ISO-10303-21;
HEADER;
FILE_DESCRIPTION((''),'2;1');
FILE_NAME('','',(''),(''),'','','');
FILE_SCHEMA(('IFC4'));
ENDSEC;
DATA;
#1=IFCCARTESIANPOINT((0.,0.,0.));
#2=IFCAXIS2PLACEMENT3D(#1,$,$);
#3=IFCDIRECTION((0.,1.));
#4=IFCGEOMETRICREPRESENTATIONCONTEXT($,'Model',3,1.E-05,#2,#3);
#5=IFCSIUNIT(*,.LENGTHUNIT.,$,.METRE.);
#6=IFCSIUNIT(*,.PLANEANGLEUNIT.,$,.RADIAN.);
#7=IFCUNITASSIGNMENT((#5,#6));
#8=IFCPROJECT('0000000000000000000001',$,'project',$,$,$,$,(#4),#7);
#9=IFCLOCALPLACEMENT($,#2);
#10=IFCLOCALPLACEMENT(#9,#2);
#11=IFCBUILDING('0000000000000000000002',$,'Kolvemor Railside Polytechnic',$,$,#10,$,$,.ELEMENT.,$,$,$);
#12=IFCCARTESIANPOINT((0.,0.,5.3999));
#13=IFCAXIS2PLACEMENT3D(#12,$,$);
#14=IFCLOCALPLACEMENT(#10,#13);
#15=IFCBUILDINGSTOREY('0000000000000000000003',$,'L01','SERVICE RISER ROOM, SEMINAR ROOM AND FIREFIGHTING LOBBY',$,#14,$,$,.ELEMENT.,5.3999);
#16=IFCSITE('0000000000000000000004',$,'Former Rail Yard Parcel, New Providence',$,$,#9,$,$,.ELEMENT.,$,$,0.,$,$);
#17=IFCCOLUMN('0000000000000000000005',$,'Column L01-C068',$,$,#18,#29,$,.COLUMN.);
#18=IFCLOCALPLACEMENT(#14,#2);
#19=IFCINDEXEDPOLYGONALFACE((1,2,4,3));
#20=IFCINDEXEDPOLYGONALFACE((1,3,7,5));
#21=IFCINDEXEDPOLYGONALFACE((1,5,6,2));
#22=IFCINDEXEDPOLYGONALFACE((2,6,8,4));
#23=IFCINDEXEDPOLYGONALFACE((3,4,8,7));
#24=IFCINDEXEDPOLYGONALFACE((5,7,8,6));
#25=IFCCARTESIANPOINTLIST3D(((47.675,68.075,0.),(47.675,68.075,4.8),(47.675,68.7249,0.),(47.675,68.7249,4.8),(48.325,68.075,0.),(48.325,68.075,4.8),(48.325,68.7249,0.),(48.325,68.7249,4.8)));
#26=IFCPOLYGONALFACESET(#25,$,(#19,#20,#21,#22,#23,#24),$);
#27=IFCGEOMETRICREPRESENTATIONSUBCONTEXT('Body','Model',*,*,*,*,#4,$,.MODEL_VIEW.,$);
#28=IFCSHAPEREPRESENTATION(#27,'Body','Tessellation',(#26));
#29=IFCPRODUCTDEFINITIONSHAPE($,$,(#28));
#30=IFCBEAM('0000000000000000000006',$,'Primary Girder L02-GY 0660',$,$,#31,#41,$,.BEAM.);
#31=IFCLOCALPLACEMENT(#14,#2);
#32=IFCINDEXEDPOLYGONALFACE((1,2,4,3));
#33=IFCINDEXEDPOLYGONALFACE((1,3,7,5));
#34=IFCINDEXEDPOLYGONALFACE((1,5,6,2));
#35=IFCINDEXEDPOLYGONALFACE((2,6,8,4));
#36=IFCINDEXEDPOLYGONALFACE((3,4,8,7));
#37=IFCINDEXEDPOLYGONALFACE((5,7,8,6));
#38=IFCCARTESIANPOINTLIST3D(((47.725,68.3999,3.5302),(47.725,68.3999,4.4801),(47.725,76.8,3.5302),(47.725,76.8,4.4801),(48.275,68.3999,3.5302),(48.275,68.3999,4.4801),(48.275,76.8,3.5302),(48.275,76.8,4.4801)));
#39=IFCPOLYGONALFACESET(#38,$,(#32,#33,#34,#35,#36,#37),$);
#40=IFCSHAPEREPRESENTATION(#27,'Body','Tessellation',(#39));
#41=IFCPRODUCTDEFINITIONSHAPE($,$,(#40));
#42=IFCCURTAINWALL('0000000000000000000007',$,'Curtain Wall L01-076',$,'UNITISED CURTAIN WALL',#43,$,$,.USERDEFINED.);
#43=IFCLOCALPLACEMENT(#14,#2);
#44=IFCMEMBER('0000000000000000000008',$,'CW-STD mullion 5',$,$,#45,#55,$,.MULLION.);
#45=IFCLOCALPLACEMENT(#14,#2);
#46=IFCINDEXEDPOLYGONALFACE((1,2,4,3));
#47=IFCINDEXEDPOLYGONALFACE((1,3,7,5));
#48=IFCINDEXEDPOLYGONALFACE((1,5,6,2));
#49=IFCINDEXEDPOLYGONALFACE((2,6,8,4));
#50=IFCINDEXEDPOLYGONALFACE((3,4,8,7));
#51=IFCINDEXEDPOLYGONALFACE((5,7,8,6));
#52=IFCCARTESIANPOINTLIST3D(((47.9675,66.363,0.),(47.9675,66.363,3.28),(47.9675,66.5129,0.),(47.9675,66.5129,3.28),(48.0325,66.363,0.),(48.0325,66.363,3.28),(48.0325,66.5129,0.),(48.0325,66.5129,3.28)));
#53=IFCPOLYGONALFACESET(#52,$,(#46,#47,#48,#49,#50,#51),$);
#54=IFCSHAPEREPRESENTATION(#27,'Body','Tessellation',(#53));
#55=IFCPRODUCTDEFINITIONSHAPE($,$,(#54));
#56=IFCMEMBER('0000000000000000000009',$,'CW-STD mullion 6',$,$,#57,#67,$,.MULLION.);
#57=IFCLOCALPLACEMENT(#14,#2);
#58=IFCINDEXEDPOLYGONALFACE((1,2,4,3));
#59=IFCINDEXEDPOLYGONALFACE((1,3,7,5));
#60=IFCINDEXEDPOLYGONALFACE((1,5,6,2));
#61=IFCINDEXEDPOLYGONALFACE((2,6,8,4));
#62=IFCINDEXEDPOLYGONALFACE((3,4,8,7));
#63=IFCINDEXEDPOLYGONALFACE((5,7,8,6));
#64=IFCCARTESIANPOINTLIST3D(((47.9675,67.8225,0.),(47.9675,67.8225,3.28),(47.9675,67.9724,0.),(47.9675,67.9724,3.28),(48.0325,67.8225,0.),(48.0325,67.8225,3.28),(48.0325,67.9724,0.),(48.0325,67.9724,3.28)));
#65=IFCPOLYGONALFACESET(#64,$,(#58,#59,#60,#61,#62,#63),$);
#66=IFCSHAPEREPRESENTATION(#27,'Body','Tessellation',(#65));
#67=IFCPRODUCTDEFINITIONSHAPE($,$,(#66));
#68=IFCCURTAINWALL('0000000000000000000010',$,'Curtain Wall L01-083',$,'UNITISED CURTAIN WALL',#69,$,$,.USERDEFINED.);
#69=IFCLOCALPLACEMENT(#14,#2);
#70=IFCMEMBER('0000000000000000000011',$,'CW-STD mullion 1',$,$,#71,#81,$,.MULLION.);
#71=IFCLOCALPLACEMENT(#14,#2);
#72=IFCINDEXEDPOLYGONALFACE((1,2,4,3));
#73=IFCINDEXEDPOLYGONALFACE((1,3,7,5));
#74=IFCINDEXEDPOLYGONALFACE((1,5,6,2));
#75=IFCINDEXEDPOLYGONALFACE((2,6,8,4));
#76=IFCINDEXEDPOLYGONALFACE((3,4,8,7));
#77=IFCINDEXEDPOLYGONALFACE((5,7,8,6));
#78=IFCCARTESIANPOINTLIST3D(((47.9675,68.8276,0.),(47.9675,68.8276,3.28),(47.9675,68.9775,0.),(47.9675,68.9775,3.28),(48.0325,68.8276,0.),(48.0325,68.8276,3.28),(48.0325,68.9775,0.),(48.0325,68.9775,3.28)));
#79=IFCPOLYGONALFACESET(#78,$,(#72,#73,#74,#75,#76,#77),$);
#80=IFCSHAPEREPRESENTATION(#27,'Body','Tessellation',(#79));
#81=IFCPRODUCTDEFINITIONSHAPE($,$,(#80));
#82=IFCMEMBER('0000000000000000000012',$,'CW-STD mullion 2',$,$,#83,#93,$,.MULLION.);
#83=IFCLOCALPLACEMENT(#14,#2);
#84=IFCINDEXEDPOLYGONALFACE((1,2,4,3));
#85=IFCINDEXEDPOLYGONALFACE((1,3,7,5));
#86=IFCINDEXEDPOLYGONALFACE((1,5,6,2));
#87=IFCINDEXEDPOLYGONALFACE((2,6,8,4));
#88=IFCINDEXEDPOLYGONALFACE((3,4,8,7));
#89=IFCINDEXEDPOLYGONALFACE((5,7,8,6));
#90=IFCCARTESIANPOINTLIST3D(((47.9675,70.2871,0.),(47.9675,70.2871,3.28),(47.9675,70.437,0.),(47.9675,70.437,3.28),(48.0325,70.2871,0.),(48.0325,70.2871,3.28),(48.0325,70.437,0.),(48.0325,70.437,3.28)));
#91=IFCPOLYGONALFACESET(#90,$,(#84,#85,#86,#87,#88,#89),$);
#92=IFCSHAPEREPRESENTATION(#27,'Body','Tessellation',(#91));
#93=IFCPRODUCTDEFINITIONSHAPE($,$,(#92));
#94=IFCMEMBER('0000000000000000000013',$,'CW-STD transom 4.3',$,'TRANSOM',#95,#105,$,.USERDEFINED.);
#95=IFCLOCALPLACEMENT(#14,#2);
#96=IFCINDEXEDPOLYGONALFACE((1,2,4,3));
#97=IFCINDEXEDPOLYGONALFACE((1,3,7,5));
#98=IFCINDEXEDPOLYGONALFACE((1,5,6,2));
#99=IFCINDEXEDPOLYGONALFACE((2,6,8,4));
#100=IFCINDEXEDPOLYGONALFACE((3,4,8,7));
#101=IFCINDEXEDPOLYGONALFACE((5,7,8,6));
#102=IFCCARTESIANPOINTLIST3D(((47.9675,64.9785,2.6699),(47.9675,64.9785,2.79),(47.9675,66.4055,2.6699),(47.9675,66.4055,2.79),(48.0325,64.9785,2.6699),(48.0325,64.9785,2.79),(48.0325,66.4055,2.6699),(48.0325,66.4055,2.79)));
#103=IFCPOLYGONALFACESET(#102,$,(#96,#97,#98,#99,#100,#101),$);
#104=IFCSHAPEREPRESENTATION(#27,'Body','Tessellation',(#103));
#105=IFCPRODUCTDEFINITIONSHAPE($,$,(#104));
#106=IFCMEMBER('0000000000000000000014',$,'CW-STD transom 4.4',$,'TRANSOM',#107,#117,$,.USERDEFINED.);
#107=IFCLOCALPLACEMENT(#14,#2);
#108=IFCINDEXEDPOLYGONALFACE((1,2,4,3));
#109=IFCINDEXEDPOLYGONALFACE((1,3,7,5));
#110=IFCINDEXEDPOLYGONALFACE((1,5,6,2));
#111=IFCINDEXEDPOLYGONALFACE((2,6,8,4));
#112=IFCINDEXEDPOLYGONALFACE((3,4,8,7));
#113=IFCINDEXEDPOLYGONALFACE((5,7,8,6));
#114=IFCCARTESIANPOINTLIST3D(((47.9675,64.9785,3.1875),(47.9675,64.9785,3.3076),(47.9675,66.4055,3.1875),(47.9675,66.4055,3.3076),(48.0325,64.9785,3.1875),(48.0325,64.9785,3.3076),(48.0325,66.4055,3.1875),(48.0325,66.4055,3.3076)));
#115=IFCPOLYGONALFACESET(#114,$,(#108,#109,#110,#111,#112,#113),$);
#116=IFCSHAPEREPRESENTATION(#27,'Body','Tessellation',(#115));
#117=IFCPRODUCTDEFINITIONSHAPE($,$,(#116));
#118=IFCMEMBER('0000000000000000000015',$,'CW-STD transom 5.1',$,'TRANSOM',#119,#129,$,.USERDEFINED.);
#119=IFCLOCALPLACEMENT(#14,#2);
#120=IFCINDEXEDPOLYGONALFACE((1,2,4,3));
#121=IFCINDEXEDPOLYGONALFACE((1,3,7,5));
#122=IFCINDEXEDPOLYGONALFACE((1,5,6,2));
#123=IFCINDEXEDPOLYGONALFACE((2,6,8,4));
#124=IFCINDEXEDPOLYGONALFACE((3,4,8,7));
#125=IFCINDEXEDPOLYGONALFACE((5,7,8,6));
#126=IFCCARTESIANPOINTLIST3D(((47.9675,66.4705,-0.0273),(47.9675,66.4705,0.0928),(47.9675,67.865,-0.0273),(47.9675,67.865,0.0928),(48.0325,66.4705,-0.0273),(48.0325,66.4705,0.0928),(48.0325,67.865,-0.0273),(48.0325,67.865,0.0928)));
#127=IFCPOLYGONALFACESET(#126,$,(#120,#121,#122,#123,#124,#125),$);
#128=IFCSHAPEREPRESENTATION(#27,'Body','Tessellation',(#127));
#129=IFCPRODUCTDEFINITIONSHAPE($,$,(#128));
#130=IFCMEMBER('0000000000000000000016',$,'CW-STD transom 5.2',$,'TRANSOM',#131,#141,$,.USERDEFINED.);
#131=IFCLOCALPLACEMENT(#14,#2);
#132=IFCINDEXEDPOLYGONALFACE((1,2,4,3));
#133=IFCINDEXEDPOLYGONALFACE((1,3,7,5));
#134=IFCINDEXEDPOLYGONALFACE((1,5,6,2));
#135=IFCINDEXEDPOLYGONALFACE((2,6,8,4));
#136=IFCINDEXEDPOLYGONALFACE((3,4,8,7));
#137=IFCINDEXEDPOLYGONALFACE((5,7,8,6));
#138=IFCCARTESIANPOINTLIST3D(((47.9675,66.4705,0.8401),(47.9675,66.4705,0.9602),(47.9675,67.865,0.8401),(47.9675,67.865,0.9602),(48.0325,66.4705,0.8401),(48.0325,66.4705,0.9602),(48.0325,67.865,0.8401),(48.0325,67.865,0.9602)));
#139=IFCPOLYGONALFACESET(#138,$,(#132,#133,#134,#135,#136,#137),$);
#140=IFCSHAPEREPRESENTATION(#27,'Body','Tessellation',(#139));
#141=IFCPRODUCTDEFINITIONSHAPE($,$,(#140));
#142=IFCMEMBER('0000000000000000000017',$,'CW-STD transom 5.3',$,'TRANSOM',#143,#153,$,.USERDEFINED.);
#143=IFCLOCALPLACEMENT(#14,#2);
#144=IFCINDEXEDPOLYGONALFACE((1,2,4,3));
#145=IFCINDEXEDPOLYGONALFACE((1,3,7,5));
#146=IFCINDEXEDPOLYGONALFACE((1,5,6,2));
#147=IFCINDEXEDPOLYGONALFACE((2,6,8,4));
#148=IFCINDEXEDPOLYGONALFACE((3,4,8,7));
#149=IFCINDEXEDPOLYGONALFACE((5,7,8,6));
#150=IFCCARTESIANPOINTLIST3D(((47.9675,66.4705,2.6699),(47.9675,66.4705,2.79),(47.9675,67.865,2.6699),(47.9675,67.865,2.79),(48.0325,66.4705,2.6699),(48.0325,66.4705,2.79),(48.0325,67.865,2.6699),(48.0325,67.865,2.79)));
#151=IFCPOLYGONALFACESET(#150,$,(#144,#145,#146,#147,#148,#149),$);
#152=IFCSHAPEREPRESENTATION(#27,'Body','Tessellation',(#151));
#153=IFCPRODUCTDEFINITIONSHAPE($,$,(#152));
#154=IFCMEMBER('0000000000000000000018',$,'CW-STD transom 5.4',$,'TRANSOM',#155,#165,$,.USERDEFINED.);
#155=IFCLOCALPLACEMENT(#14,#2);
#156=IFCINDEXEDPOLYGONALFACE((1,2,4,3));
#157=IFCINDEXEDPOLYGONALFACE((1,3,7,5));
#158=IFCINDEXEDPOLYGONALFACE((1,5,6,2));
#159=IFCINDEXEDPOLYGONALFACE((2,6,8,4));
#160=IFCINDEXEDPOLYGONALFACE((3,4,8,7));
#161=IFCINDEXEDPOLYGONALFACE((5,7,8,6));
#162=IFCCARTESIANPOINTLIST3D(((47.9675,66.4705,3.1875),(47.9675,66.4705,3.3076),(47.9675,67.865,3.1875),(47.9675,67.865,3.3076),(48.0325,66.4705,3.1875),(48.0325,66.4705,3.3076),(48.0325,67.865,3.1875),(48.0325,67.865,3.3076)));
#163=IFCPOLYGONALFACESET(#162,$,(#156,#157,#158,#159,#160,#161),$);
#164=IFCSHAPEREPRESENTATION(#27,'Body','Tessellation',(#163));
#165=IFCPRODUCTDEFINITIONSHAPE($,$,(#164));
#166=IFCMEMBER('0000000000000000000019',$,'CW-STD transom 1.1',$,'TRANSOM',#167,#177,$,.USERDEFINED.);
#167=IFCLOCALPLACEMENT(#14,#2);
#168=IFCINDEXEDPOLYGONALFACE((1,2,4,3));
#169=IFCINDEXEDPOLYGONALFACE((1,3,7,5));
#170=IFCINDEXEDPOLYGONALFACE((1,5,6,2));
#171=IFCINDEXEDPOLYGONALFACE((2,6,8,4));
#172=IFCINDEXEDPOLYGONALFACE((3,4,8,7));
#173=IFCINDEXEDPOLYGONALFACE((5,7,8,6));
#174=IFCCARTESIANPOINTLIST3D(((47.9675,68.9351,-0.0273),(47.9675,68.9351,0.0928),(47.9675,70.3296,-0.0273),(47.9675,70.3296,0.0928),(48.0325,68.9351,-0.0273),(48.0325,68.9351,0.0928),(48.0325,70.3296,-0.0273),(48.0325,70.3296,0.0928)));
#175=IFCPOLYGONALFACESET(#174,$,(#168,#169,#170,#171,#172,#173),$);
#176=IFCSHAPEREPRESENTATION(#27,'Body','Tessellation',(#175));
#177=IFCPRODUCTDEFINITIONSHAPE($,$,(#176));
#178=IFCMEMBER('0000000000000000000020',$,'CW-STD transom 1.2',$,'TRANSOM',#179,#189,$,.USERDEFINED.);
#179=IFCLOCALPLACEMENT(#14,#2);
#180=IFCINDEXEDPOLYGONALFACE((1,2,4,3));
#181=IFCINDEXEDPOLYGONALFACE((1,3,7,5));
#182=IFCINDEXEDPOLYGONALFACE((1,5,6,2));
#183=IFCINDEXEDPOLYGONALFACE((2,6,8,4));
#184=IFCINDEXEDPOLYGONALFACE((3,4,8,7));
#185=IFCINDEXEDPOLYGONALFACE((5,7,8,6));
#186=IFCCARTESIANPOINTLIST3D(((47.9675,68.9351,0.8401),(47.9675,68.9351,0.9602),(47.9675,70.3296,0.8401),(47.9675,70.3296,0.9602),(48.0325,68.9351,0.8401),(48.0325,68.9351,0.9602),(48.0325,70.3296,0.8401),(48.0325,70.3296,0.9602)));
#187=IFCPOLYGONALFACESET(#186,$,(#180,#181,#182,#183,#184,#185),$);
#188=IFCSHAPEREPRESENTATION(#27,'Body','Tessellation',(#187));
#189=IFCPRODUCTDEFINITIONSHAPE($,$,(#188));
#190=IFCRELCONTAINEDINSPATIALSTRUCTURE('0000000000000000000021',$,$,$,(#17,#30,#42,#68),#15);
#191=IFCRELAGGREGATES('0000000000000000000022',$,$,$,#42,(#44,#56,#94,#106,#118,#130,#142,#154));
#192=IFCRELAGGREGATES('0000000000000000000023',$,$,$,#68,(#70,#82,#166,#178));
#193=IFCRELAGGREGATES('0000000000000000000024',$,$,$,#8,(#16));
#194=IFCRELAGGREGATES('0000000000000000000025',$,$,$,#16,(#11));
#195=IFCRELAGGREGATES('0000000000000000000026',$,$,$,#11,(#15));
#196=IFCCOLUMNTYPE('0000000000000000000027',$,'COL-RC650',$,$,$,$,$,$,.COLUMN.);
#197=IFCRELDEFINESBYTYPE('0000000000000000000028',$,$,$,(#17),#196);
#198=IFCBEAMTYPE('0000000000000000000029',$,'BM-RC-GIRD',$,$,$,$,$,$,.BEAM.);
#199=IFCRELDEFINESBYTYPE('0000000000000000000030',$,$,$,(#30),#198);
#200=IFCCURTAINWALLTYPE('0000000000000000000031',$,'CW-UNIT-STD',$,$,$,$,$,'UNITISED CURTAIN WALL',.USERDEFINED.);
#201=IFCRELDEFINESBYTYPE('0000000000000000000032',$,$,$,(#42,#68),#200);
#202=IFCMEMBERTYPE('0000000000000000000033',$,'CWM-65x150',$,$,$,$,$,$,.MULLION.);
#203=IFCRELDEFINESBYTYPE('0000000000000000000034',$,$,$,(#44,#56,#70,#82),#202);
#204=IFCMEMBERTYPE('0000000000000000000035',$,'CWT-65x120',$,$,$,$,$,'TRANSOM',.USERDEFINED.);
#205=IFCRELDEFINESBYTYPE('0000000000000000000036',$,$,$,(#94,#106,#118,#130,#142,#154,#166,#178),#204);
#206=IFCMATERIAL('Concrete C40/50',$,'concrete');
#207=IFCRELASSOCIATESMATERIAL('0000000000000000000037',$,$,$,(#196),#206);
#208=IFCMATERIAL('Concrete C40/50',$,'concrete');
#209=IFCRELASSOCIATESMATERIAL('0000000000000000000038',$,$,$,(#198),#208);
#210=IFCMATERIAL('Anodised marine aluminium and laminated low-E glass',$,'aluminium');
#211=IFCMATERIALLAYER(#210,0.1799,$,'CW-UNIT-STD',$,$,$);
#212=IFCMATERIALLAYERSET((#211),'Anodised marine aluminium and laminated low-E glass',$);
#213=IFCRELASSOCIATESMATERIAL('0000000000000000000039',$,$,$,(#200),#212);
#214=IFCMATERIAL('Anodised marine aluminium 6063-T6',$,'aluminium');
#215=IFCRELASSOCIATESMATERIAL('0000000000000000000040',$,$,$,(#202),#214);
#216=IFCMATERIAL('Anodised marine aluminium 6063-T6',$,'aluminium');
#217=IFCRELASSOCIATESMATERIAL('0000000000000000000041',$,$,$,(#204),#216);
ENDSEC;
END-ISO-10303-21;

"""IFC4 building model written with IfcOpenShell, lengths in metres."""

from ifc_helpers import new_model, si_unit, direction, frame, origin, origin_2d, place, context, subcontext, project, spatial, rectangle, extrude, material, layer, layer_set, material_profile, profile_set, type_object, element, aggregate, save


model = new_model("IFC4")

# Units and contexts
model_context = context("Model", 3, precision=1e-05, world=origin(), true_north=direction((0.0, 1.0)))
body_context = subcontext(model_context, "Body", "Model", "MODEL_VIEW")
ifc_project = project(units=[si_unit("LENGTHUNIT", "METRE"), si_unit("PLANEANGLEUNIT", "RADIAN")], contexts=[model_context])

# Site, building, storey
site_placement = place(None, origin())
site = spatial("IfcSite", under=ifc_project, at=site_placement, Name="Former Rail Yard Parcel, New Providence", CompositionType="ELEMENT", RefElevation=0.0)
building_placement = place(site_placement, origin())
building = spatial("IfcBuilding", under=site, at=building_placement, Name="Kolvemor Railside Polytechnic", CompositionType="ELEMENT")
storey_placement = place(building_placement, frame((0.0, 0.0, 5.3999)))
storey = spatial("IfcBuildingStorey", under=building, at=storey_placement, Name="L01", Description="SERVICE RISER ROOM, SEMINAR ROOM AND FIREFIGHTING LOBBY", CompositionType="ELEMENT", Elevation=5.3999)

# Column
ifc_material_1 = material(Name="Concrete C40/50", Category="concrete")
ifc_material_profile_1 = material_profile(ifc_material_1, rectangle(XDim=0.6499, YDim=0.6499, at=origin_2d()), Name="RC650x650")
ifc_profile_set_1 = profile_set([ifc_material_profile_1], Name="Concrete C40/50")
column_type = type_object("IfcColumnType", Name="COL-RC650", PredefinedType="COLUMN", material=ifc_profile_set_1)
column_placement = place(storey_placement, frame((48.0, 68.3999, 0.0), z_axis=(0.0, 0.0, 1.0), x_axis=(1.0, 0.0, 0.0)))
element("IfcColumn", 1, at=column_placement, inside=storey, type_object=column_type, Name="Column L01-C068", PredefinedType="COLUMN", context=body_context, shape_type="SweptSolid", body=[
    extrude(rectangle(XDim=0.6499, YDim=0.6499, at=origin_2d()), origin(), (0.0, 0.0, 1.0), 4.8),
])

# Beam
ifc_material_2 = material(Name="Concrete C40/50", Category="concrete")
ifc_material_profile_2 = material_profile(ifc_material_2, rectangle(XDim=0.55, YDim=0.95, at=origin_2d()), Name="RC550x950")
ifc_profile_set_2 = profile_set([ifc_material_profile_2], Name="Concrete C40/50")
beam_type = type_object("IfcBeamType", Name="BM-RC-GIRD", PredefinedType="BEAM", material=ifc_profile_set_2)
beam_placement = place(storey_placement, frame((48.0, 68.3999, 4.0051), z_axis=(0.0, 1.0, 0.0), x_axis=(-1.0, 0.0, 0.0)))
element("IfcBeam", 2, at=beam_placement, inside=storey, type_object=beam_type, Name="Primary Girder L02-GY 0660", PredefinedType="BEAM", context=body_context, shape_type="SweptSolid", body=[
    extrude(rectangle(XDim=0.55, YDim=0.95, at=origin_2d()), origin(), (0.0, 0.0, 1.0), 8.4001),
])

# Curtain walls, members
ifc_material_3 = material(Name="Anodised marine aluminium and laminated low-E glass", Category="aluminium")
ifc_layer_1 = layer(ifc_material_3, 0.1799, Name="CW-UNIT-STD")
ifc_layer_set_1 = layer_set([ifc_layer_1], Name="Anodised marine aluminium and laminated low-E glass")
curtain_wall_type = type_object("IfcCurtainWallType", Name="CW-UNIT-STD", ElementType="UNITISED CURTAIN WALL", PredefinedType="USERDEFINED", material=ifc_layer_set_1)
curtain_wall_1_placement = place(storey_placement, origin())
curtain_wall_1 = element("IfcCurtainWall", 3, at=curtain_wall_1_placement, inside=storey, type_object=curtain_wall_type, Name="Curtain Wall L01-076", ObjectType="UNITISED CURTAIN WALL", PredefinedType="USERDEFINED")
ifc_material_4 = material(Name="Anodised marine aluminium 6063-T6", Category="aluminium")
ifc_material_profile_3 = material_profile(ifc_material_4, rectangle(XDim=0.0649, YDim=0.1499, at=origin_2d()), Name="CW-MUL-65x150")
ifc_profile_set_3 = profile_set([ifc_material_profile_3], Name="Anodised marine aluminium 6063-T6")
member_type_1 = type_object("IfcMemberType", Name="CWM-65x150", PredefinedType="MULLION", material=ifc_profile_set_3)
member_1_placement = place(storey_placement, frame((48.0, 66.438, 0.0), z_axis=(0.0, 0.0, 1.0), x_axis=(-1.0, 0.0, 0.0)))
member_1 = element("IfcMember", 4, at=member_1_placement, type_object=member_type_1, Name="CW-STD mullion 5", PredefinedType="MULLION", context=body_context, shape_type="SweptSolid", body=[
    extrude(rectangle(XDim=0.0649, YDim=0.1499, at=origin_2d()), origin(), (0.0, 0.0, 1.0), 3.28),
])
member_2_placement = place(storey_placement, frame((48.0, 67.8975, 0.0), z_axis=(0.0, 0.0, 1.0), x_axis=(-1.0, 0.0, 0.0)))
member_2 = element("IfcMember", 5, at=member_2_placement, type_object=member_type_1, Name="CW-STD mullion 6", PredefinedType="MULLION", context=body_context, shape_type="SweptSolid", body=[
    extrude(rectangle(XDim=0.0649, YDim=0.1499, at=origin_2d()), origin(), (0.0, 0.0, 1.0), 3.28),
])
curtain_wall_2_placement = place(storey_placement, origin())
curtain_wall_2 = element("IfcCurtainWall", 6, at=curtain_wall_2_placement, inside=storey, type_object=curtain_wall_type, Name="Curtain Wall L01-083", ObjectType="UNITISED CURTAIN WALL", PredefinedType="USERDEFINED")
member_3_placement = place(storey_placement, frame((48.0, 68.9026, 0.0), z_axis=(0.0, 0.0, 1.0), x_axis=(-1.0, 0.0, 0.0)))
member_3 = element("IfcMember", 7, at=member_3_placement, type_object=member_type_1, Name="CW-STD mullion 1", PredefinedType="MULLION", context=body_context, shape_type="SweptSolid", body=[
    extrude(rectangle(XDim=0.0649, YDim=0.1499, at=origin_2d()), origin(), (0.0, 0.0, 1.0), 3.28),
])
member_4_placement = place(storey_placement, frame((48.0, 70.3621, 0.0), z_axis=(0.0, 0.0, 1.0), x_axis=(-1.0, 0.0, 0.0)))
member_4 = element("IfcMember", 8, at=member_4_placement, type_object=member_type_1, Name="CW-STD mullion 2", PredefinedType="MULLION", context=body_context, shape_type="SweptSolid", body=[
    extrude(rectangle(XDim=0.0649, YDim=0.1499, at=origin_2d()), origin(), (0.0, 0.0, 1.0), 3.28),
])

# Members
ifc_material_5 = material(Name="Anodised marine aluminium 6063-T6", Category="aluminium")
ifc_material_profile_4 = material_profile(ifc_material_5, rectangle(XDim=0.0649, YDim=0.1201, at=origin_2d()), Name="CW-TRN-65x120")
ifc_profile_set_4 = profile_set([ifc_material_profile_4], Name="Anodised marine aluminium 6063-T6")
member_type_2 = type_object("IfcMemberType", Name="CWT-65x120", ElementType="TRANSOM", PredefinedType="USERDEFINED", material=ifc_profile_set_4)
member_5_placement = place(storey_placement, frame((48.0, 64.9785, 2.73), z_axis=(0.0, 1.0, 0.0), x_axis=(-1.0, 0.0, 0.0)))
member_5 = element("IfcMember", 9, at=member_5_placement, type_object=member_type_2, Name="CW-STD transom 4.3", ObjectType="TRANSOM", PredefinedType="USERDEFINED", context=body_context, shape_type="SweptSolid", body=[
    extrude(rectangle(XDim=0.0649, YDim=0.1201, at=origin_2d()), origin(), (0.0, 0.0, 1.0), 1.427),
])
member_6_placement = place(storey_placement, frame((48.0, 64.9785, 3.2476), z_axis=(0.0, 1.0, 0.0), x_axis=(-1.0, 0.0, 0.0)))
member_6 = element("IfcMember", 10, at=member_6_placement, type_object=member_type_2, Name="CW-STD transom 4.4", ObjectType="TRANSOM", PredefinedType="USERDEFINED", context=body_context, shape_type="SweptSolid", body=[
    extrude(rectangle(XDim=0.0649, YDim=0.1201, at=origin_2d()), origin(), (0.0, 0.0, 1.0), 1.427),
])
member_7_placement = place(storey_placement, frame((48.0, 66.4705, 0.0327), z_axis=(0.0, 1.0, 0.0), x_axis=(-1.0, 0.0, 0.0)))
member_7 = element("IfcMember", 11, at=member_7_placement, type_object=member_type_2, Name="CW-STD transom 5.1", ObjectType="TRANSOM", PredefinedType="USERDEFINED", context=body_context, shape_type="SweptSolid", body=[
    extrude(rectangle(XDim=0.0649, YDim=0.1201, at=origin_2d()), origin(), (0.0, 0.0, 1.0), 1.3945),
])
member_8_placement = place(storey_placement, frame((48.0, 66.4705, 0.9001), z_axis=(0.0, 1.0, 0.0), x_axis=(-1.0, 0.0, 0.0)))
member_8 = element("IfcMember", 12, at=member_8_placement, type_object=member_type_2, Name="CW-STD transom 5.2", ObjectType="TRANSOM", PredefinedType="USERDEFINED", context=body_context, shape_type="SweptSolid", body=[
    extrude(rectangle(XDim=0.0649, YDim=0.1201, at=origin_2d()), origin(), (0.0, 0.0, 1.0), 1.3945),
])
member_9_placement = place(storey_placement, frame((48.0, 66.4705, 2.73), z_axis=(0.0, 1.0, 0.0), x_axis=(-1.0, 0.0, 0.0)))
member_9 = element("IfcMember", 13, at=member_9_placement, type_object=member_type_2, Name="CW-STD transom 5.3", ObjectType="TRANSOM", PredefinedType="USERDEFINED", context=body_context, shape_type="SweptSolid", body=[
    extrude(rectangle(XDim=0.0649, YDim=0.1201, at=origin_2d()), origin(), (0.0, 0.0, 1.0), 1.3945),
])
member_10_placement = place(storey_placement, frame((48.0, 66.4705, 3.2476), z_axis=(0.0, 1.0, 0.0), x_axis=(-1.0, 0.0, 0.0)))
member_10 = element("IfcMember", 14, at=member_10_placement, type_object=member_type_2, Name="CW-STD transom 5.4", ObjectType="TRANSOM", PredefinedType="USERDEFINED", context=body_context, shape_type="SweptSolid", body=[
    extrude(rectangle(XDim=0.0649, YDim=0.1201, at=origin_2d()), origin(), (0.0, 0.0, 1.0), 1.3945),
])
member_11_placement = place(storey_placement, frame((48.0, 68.9351, 0.0327), z_axis=(0.0, 1.0, 0.0), x_axis=(-1.0, 0.0, 0.0)))
member_11 = element("IfcMember", 15, at=member_11_placement, type_object=member_type_2, Name="CW-STD transom 1.1", ObjectType="TRANSOM", PredefinedType="USERDEFINED", context=body_context, shape_type="SweptSolid", body=[
    extrude(rectangle(XDim=0.0649, YDim=0.1201, at=origin_2d()), origin(), (0.0, 0.0, 1.0), 1.3945),
])
member_12_placement = place(storey_placement, frame((48.0, 68.9351, 0.9001), z_axis=(0.0, 1.0, 0.0), x_axis=(-1.0, 0.0, 0.0)))
member_12 = element("IfcMember", 16, at=member_12_placement, type_object=member_type_2, Name="CW-STD transom 1.2", ObjectType="TRANSOM", PredefinedType="USERDEFINED", context=body_context, shape_type="SweptSolid", body=[
    extrude(rectangle(XDim=0.0649, YDim=0.1201, at=origin_2d()), origin(), (0.0, 0.0, 1.0), 1.3945),
])

aggregate(curtain_wall_1, [member_1, member_2, member_5, member_6, member_7, member_8, member_9, member_10])
aggregate(curtain_wall_2, [member_3, member_4, member_11, member_12])

save(model, "model.ifc")
